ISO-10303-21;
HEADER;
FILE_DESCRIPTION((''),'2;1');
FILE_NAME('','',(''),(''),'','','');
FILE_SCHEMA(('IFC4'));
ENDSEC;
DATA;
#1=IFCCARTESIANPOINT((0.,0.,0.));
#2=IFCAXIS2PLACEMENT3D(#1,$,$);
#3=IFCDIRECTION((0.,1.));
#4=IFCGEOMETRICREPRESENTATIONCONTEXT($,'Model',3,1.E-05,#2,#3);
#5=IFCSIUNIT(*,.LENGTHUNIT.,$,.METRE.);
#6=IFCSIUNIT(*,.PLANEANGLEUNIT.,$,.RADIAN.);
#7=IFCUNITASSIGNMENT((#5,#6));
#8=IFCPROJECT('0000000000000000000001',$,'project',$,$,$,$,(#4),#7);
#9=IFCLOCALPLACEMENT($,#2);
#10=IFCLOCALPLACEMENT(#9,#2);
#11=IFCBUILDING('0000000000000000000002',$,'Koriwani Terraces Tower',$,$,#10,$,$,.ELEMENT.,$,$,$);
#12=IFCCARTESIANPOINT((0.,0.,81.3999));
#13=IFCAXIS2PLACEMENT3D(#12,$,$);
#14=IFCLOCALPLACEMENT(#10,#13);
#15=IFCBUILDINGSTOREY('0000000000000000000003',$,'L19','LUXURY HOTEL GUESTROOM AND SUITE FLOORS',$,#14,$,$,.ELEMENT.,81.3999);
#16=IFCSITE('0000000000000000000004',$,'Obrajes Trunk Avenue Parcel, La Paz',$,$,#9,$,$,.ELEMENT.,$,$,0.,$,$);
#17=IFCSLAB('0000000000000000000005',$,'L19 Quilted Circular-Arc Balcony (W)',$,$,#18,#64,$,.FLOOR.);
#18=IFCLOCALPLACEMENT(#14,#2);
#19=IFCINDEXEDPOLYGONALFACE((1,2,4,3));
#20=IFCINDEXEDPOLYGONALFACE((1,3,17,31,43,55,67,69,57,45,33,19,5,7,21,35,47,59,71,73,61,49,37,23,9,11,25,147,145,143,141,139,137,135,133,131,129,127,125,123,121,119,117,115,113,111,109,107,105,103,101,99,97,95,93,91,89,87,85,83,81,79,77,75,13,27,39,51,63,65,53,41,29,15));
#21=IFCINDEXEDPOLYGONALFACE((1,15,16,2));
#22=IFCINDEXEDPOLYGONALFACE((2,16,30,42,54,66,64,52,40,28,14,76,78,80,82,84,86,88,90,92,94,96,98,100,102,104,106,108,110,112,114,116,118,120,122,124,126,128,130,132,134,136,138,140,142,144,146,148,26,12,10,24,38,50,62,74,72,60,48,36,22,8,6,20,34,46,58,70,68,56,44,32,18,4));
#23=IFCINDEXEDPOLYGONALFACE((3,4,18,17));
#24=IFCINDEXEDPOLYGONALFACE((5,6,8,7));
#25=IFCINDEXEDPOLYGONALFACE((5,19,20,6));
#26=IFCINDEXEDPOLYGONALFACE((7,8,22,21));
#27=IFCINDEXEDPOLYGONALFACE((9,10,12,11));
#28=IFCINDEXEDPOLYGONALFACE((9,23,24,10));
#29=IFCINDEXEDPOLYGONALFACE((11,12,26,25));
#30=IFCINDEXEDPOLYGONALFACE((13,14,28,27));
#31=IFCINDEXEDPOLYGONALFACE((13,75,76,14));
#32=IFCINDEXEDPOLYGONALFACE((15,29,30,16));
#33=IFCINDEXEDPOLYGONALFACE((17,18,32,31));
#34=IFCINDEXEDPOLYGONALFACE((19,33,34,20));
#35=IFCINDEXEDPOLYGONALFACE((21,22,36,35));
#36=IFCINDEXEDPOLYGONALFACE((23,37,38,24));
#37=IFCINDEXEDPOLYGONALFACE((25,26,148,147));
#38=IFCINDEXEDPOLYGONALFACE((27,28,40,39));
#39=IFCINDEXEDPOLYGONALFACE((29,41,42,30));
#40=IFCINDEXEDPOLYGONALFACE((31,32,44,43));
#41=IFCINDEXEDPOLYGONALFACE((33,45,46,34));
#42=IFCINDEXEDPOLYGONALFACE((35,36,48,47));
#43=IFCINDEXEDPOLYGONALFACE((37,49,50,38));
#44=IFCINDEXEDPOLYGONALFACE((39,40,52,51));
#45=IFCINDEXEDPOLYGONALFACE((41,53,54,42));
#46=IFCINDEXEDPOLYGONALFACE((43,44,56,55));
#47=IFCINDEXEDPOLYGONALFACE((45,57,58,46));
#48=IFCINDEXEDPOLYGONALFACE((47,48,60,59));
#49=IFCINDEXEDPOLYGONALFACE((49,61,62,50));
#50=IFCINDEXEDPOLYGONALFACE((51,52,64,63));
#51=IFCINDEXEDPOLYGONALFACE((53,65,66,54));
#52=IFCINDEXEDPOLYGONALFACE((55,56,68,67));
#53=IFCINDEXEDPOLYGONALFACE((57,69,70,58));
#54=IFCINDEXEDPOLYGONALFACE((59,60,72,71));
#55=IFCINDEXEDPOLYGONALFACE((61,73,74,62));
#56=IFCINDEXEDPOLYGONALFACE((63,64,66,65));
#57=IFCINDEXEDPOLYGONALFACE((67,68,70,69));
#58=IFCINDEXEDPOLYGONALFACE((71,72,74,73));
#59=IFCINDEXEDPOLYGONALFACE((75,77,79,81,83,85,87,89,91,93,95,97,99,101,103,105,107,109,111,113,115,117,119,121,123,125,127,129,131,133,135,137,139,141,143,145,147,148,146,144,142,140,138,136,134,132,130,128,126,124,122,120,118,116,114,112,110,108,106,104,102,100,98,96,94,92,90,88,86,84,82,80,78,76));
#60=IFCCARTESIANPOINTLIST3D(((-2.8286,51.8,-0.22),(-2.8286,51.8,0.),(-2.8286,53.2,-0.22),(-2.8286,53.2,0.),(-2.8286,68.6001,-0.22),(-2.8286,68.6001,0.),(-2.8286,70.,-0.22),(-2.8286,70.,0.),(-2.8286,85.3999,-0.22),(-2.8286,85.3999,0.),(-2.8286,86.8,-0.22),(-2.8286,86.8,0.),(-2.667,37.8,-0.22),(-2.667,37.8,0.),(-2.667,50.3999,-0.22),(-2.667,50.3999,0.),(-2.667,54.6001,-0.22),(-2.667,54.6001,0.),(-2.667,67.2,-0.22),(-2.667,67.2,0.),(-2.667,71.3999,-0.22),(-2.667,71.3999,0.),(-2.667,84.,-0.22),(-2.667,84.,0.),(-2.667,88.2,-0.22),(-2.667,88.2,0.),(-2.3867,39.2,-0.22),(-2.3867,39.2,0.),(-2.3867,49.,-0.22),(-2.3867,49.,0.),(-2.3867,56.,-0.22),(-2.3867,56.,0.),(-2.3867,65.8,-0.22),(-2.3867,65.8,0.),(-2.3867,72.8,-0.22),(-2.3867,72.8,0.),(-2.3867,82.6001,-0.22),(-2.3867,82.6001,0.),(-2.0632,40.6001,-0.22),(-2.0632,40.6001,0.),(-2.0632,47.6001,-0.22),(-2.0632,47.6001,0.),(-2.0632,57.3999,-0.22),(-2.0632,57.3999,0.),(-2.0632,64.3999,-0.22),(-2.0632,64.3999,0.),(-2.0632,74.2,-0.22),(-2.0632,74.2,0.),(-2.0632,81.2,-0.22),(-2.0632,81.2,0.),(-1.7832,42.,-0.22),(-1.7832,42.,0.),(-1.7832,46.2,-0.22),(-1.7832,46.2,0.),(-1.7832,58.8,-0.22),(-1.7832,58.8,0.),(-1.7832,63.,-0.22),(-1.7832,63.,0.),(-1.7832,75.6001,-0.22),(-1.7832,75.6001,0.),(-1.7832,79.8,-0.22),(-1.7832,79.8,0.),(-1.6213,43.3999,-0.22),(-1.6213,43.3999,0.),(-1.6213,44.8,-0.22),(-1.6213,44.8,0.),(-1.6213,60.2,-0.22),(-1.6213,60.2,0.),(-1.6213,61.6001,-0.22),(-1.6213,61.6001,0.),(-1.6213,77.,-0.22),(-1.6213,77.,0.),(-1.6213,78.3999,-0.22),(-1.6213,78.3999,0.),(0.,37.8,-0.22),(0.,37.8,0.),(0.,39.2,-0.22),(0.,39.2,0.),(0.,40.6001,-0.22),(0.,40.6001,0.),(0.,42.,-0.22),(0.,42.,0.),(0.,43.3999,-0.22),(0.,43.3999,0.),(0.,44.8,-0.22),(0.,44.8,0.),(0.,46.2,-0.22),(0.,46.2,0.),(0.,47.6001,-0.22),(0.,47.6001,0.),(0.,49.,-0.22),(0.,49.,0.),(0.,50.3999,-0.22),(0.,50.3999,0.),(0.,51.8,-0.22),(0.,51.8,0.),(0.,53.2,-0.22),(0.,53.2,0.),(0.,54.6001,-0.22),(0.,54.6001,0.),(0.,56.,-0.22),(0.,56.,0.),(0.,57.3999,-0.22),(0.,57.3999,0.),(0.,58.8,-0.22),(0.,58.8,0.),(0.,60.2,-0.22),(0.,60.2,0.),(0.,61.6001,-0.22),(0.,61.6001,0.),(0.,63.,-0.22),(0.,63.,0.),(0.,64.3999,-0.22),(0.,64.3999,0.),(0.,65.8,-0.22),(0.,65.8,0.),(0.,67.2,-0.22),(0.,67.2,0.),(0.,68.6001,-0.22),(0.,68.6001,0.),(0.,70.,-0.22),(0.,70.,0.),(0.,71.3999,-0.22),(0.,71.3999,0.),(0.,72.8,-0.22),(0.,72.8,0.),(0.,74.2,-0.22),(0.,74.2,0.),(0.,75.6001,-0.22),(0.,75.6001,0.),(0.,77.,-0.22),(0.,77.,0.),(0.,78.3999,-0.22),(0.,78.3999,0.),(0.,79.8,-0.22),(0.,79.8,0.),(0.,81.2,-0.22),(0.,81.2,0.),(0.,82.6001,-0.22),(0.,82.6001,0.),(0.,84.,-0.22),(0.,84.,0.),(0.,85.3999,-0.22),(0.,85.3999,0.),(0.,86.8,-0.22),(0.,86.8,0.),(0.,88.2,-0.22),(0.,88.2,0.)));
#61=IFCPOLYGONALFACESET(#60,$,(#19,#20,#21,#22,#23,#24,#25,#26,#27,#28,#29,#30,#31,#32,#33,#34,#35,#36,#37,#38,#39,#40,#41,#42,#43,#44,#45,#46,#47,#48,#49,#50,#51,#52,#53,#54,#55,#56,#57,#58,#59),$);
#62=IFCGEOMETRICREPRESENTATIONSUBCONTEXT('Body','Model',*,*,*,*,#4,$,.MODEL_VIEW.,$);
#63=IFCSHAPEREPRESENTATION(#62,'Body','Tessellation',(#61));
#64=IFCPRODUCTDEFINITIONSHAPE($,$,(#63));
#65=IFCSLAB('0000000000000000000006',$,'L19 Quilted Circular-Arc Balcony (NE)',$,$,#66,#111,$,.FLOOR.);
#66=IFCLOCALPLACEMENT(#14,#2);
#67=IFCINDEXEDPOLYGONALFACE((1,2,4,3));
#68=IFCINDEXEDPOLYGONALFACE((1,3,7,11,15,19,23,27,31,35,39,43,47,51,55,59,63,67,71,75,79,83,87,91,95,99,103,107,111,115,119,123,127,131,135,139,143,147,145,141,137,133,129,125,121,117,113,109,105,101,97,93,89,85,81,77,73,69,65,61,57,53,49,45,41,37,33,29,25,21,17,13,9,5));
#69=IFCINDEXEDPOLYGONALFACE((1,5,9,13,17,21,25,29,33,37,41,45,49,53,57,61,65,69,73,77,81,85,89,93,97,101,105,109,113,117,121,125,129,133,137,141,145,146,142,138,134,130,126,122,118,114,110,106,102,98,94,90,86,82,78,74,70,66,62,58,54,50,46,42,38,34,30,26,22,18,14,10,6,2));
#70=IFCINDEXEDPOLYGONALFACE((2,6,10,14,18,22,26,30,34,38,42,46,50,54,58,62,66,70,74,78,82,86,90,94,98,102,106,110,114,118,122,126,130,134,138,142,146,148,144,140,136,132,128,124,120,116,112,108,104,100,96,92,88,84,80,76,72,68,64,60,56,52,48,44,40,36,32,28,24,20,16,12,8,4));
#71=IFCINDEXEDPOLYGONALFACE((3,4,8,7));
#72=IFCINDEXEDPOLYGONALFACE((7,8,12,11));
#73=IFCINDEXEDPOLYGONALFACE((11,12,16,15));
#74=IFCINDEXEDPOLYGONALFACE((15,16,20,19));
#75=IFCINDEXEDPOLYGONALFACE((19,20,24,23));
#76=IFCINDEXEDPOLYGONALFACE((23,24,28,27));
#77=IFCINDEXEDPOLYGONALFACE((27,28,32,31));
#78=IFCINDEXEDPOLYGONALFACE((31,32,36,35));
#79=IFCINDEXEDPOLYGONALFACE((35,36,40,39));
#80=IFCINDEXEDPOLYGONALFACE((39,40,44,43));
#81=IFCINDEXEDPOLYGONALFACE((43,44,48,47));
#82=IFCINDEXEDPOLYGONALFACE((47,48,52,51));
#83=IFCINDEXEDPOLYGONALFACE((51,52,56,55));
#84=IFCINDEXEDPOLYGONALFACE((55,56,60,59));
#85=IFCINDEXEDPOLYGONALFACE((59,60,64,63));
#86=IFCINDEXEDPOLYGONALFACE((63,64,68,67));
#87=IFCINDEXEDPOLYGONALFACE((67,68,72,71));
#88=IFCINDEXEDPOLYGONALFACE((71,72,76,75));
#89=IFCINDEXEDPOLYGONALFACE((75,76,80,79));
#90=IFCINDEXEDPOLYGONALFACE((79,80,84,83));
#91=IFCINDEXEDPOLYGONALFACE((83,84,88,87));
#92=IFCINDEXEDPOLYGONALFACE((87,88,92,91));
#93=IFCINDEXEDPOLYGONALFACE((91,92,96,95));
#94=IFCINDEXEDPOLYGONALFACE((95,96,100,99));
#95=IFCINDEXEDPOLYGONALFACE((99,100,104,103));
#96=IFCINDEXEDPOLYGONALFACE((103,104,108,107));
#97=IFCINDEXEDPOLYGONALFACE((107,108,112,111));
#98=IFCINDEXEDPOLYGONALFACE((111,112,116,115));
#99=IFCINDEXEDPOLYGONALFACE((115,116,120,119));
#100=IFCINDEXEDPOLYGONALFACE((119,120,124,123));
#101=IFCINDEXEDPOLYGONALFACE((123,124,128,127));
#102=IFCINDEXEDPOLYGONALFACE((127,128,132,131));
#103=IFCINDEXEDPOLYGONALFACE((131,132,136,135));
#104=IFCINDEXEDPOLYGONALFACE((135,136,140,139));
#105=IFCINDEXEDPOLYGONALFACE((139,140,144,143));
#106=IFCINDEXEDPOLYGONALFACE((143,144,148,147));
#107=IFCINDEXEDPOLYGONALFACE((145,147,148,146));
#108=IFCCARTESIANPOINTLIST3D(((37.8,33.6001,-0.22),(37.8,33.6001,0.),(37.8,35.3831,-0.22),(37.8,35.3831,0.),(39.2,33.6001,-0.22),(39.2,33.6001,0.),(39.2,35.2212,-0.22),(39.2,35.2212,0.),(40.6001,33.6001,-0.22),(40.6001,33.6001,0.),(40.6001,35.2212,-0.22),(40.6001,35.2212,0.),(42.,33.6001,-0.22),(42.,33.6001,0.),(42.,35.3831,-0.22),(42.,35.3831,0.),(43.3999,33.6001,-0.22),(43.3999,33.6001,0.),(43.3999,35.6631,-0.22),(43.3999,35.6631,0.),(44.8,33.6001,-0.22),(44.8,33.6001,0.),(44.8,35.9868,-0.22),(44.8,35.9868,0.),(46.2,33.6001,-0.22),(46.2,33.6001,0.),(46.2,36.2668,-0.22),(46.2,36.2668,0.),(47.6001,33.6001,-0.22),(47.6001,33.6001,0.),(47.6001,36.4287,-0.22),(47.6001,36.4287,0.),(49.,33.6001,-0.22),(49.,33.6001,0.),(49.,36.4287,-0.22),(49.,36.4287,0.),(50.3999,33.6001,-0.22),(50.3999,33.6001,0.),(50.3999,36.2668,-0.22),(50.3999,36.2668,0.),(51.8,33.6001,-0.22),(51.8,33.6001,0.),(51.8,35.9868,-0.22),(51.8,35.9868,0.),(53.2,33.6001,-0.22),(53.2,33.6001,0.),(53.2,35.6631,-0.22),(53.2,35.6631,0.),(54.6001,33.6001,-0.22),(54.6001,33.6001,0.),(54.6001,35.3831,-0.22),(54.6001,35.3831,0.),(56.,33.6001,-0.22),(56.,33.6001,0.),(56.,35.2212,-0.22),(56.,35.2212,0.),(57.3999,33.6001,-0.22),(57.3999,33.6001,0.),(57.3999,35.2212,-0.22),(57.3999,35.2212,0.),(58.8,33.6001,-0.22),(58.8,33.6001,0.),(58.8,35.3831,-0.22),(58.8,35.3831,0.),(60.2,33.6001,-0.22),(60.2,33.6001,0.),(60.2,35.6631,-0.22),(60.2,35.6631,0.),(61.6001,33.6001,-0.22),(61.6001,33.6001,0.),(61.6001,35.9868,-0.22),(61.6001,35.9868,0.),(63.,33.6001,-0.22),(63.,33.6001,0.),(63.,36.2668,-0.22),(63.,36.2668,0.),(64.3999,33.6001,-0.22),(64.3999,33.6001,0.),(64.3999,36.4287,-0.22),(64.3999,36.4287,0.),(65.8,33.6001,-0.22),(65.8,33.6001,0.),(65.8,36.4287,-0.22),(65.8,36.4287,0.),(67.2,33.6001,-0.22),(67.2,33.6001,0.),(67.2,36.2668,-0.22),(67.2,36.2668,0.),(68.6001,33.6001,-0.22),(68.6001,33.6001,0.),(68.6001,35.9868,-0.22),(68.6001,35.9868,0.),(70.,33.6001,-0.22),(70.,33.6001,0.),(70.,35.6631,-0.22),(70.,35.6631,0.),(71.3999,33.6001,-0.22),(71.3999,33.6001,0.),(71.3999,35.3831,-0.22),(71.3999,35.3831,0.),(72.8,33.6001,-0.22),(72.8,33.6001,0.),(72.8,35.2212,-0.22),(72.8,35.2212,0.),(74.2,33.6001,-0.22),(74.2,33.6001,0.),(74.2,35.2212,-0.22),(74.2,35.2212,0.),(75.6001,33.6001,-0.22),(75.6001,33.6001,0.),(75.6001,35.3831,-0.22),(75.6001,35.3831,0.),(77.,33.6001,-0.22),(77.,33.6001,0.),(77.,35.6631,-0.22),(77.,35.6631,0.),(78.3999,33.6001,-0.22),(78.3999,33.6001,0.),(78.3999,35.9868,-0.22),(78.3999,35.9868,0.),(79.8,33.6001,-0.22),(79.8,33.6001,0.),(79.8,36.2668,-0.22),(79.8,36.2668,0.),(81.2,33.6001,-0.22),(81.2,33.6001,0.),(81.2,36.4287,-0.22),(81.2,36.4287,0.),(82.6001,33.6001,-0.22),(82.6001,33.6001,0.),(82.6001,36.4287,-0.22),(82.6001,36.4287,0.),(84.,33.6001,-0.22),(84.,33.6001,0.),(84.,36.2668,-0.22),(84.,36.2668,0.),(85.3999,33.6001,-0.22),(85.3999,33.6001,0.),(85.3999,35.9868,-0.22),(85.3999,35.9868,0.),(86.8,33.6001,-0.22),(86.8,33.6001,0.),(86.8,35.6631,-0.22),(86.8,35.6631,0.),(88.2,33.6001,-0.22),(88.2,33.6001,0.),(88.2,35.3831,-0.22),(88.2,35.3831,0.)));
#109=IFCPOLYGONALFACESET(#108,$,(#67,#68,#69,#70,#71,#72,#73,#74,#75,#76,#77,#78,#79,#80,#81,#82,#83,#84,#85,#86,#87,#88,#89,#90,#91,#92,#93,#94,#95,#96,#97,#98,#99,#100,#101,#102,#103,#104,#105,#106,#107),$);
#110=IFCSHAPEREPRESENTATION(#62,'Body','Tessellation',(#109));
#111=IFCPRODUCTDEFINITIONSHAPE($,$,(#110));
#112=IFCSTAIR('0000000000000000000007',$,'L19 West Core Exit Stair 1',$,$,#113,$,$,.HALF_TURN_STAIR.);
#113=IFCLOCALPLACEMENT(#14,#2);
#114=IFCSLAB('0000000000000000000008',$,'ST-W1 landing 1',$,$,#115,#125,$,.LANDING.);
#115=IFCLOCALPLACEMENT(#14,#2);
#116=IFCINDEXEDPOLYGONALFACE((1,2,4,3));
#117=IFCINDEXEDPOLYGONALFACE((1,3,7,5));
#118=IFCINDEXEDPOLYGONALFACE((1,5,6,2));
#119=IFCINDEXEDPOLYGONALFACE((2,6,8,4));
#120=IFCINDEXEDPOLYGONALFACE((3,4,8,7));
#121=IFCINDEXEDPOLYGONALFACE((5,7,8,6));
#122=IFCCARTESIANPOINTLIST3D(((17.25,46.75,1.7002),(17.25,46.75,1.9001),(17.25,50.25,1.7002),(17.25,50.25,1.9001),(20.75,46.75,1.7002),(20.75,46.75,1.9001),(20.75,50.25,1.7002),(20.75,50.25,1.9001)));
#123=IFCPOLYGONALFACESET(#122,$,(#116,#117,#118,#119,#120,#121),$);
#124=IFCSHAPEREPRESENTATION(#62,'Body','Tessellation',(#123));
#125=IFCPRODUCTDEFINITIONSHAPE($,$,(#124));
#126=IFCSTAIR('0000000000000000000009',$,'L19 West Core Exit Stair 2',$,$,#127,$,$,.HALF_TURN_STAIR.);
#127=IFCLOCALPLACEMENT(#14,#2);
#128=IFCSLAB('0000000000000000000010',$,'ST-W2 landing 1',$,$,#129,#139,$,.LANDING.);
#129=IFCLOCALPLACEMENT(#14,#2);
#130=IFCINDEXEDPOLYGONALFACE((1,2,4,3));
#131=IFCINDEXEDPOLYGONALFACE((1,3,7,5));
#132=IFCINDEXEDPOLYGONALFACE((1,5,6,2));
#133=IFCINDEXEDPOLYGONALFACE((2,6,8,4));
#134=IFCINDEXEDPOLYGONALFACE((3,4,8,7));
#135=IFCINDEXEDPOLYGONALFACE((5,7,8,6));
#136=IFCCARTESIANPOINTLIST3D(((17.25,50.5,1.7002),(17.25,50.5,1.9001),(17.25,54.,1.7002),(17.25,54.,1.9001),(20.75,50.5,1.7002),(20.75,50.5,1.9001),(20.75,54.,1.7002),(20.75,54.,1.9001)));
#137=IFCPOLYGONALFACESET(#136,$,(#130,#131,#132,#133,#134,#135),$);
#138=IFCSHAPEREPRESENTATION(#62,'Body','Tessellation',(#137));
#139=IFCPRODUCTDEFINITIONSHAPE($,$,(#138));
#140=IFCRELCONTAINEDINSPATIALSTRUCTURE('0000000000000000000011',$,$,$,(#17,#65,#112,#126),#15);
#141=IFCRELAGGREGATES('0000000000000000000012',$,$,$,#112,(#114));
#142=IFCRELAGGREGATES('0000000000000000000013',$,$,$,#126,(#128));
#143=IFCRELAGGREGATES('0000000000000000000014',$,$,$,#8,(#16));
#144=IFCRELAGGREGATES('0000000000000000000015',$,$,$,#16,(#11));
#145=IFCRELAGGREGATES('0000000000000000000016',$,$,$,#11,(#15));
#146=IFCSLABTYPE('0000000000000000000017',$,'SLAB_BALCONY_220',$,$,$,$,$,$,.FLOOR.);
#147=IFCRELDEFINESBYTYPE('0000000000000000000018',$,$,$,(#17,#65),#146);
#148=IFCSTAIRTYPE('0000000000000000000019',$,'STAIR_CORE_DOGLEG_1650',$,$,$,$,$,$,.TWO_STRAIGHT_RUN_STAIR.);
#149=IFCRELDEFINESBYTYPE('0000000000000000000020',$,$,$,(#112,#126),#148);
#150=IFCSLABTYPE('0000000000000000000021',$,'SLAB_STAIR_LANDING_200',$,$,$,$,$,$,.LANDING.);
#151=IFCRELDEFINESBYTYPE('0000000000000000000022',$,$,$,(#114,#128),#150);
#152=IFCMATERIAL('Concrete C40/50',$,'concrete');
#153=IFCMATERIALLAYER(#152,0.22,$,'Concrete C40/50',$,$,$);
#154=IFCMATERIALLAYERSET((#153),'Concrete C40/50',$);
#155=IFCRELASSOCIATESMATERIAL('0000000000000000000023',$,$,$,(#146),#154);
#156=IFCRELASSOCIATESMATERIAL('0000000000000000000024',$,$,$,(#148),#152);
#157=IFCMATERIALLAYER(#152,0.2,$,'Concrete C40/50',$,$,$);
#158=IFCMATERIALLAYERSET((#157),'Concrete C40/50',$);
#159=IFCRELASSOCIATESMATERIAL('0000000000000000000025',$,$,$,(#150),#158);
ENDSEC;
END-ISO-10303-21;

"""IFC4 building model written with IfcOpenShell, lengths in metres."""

from ifc_helpers import new_model, si_unit, direction, frame, origin, place, context, subcontext, project, spatial, polyline, outline, extrude, material, layer, layer_set, type_object, element, aggregate, save


model = new_model("IFC4")

# Units and contexts
model_context = context("Model", 3, precision=1e-05, world=origin(), true_north=direction((0.0, 1.0)))
body_context = subcontext(model_context, "Body", "Model", "MODEL_VIEW")
ifc_project = project(units=[si_unit("LENGTHUNIT", "METRE"), si_unit("PLANEANGLEUNIT", "RADIAN")], contexts=[model_context])

# Site, building, storey
site_placement = place(None, origin())
site = spatial("IfcSite", under=ifc_project, at=site_placement, Name="Obrajes Trunk Avenue Parcel, La Paz", CompositionType="ELEMENT", RefElevation=0.0)
building_placement = place(site_placement, origin())
building = spatial("IfcBuilding", under=site, at=building_placement, Name="Koriwani Terraces Tower", CompositionType="ELEMENT")
storey_placement = place(building_placement, frame((0.0, 0.0, 81.3999)))
storey = spatial("IfcBuildingStorey", under=building, at=storey_placement, Name="L19", Description="LUXURY HOTEL GUESTROOM AND SUITE FLOORS", CompositionType="ELEMENT", Elevation=81.3999)

# Slabs
ifc_material_1 = material(Name="Concrete C40/50", Category="concrete")
ifc_layer_1 = layer(ifc_material_1, 0.22, Name="Concrete C40/50")
ifc_layer_set_1 = layer_set([ifc_layer_1], Name="Concrete C40/50")
slab_type_1 = type_object("IfcSlabType", Name="SLAB_BALCONY_220", PredefinedType="FLOOR", material=ifc_layer_set_1)
slab_1_placement = place(storey_placement, frame((0.0, 0.0, -0.22)))
element("IfcSlab", 1, at=slab_1_placement, inside=storey, type_object=slab_type_1, Name="L19 Quilted Circular-Arc Balcony (W)", PredefinedType="FLOOR", context=body_context, shape_type="SweptSolid", body=[
    extrude(outline(polyline([(0.0, 37.8), (0.0, 39.2), (0.0, 40.6001), (0.0, 42.0), (0.0, 43.3999), (0.0, 44.8), (0.0, 46.2), (0.0, 47.6001), (0.0, 49.0), (0.0, 50.3999), (0.0, 51.8), (0.0, 53.2), (0.0, 54.6001), (0.0, 56.0), (0.0, 57.3999), (0.0, 58.8), (0.0, 60.2), (0.0, 61.6001), (0.0, 63.0), (0.0, 64.3999), (0.0, 65.8), (0.0, 67.2), (0.0, 68.6001), (0.0, 70.0), (0.0, 71.3999), (0.0, 72.8), (0.0, 74.2), (0.0, 75.6001), (0.0, 77.0), (0.0, 78.3999), (0.0, 79.8), (0.0, 81.2), (0.0, 82.6001), (0.0, 84.0), (0.0, 85.3999), (0.0, 86.8), (0.0, 88.2), (-2.667, 88.2), (-2.8286, 86.8), (-2.8286, 85.3999), (-2.667, 84.0), (-2.3867, 82.6001), (-2.0632, 81.2), (-1.7832, 79.8), (-1.6213, 78.3999), (-1.6213, 77.0), (-1.7832, 75.6001), (-2.0632, 74.2), (-2.3867, 72.8), (-2.667, 71.3999), (-2.8286, 70.0), (-2.8286, 68.6001), (-2.667, 67.2), (-2.3867, 65.8), (-2.0632, 64.3999), (-1.7832, 63.0), (-1.6213, 61.6001), (-1.6213, 60.2), (-1.7832, 58.8), (-2.0632, 57.3999), (-2.3867, 56.0), (-2.667, 54.6001), (-2.8286, 53.2), (-2.8286, 51.8), (-2.667, 50.3999), (-2.3867, 49.0), (-2.0632, 47.6001), (-1.7832, 46.2), (-1.6213, 44.8), (-1.6213, 43.3999), (-1.7832, 42.0), (-2.0632, 40.6001), (-2.3867, 39.2), (-2.667, 37.8), (0.0, 37.8)])), origin(), (0.0, 0.0, 1.0), 0.22),
])
slab_2_placement = place(storey_placement, frame((0.0, 0.0, -0.22)))
element("IfcSlab", 2, at=slab_2_placement, inside=storey, type_object=slab_type_1, Name="L19 Quilted Circular-Arc Balcony (NE)", PredefinedType="FLOOR", context=body_context, shape_type="SweptSolid", body=[
    extrude(outline(polyline([(88.2, 33.6001), (86.8, 33.6001), (85.3999, 33.6001), (84.0, 33.6001), (82.6001, 33.6001), (81.2, 33.6001), (79.8, 33.6001), (78.3999, 33.6001), (77.0, 33.6001), (75.6001, 33.6001), (74.2, 33.6001), (72.8, 33.6001), (71.3999, 33.6001), (70.0, 33.6001), (68.6001, 33.6001), (67.2, 33.6001), (65.8, 33.6001), (64.3999, 33.6001), (63.0, 33.6001), (61.6001, 33.6001), (60.2, 33.6001), (58.8, 33.6001), (57.3999, 33.6001), (56.0, 33.6001), (54.6001, 33.6001), (53.2, 33.6001), (51.8, 33.6001), (50.3999, 33.6001), (49.0, 33.6001), (47.6001, 33.6001), (46.2, 33.6001), (44.8, 33.6001), (43.3999, 33.6001), (42.0, 33.6001), (40.6001, 33.6001), (39.2, 33.6001), (37.8, 33.6001), (37.8, 35.3831), (39.2, 35.2212), (40.6001, 35.2212), (42.0, 35.3831), (43.3999, 35.6631), (44.8, 35.9868), (46.2, 36.2668), (47.6001, 36.4287), (49.0, 36.4287), (50.3999, 36.2668), (51.8, 35.9868), (53.2, 35.6631), (54.6001, 35.3831), (56.0, 35.2212), (57.3999, 35.2212), (58.8, 35.3831), (60.2, 35.6631), (61.6001, 35.9868), (63.0, 36.2668), (64.3999, 36.4287), (65.8, 36.4287), (67.2, 36.2668), (68.6001, 35.9868), (70.0, 35.6631), (71.3999, 35.3831), (72.8, 35.2212), (74.2, 35.2212), (75.6001, 35.3831), (77.0, 35.6631), (78.3999, 35.9868), (79.8, 36.2668), (81.2, 36.4287), (82.6001, 36.4287), (84.0, 36.2668), (85.3999, 35.9868), (86.8, 35.6631), (88.2, 35.3831), (88.2, 33.6001)])), origin(), (0.0, 0.0, 1.0), 0.22),
])

# Stairs, slabs
stair_type = type_object("IfcStairType", Name="STAIR_CORE_DOGLEG_1650", PredefinedType="TWO_STRAIGHT_RUN_STAIR", material=ifc_material_1)
stair_1_placement = place(storey_placement, origin())
stair_1 = element("IfcStair", 3, at=stair_1_placement, inside=storey, type_object=stair_type, Name="L19 West Core Exit Stair 1", PredefinedType="HALF_TURN_STAIR")
ifc_layer_2 = layer(ifc_material_1, 0.2, Name="Concrete C40/50")
ifc_layer_set_2 = layer_set([ifc_layer_2], Name="Concrete C40/50")
slab_type_2 = type_object("IfcSlabType", Name="SLAB_STAIR_LANDING_200", PredefinedType="LANDING", material=ifc_layer_set_2)
slab_3_placement = place(storey_placement, frame((0.0, 0.0, 1.7002)))
slab_3 = element("IfcSlab", 4, at=slab_3_placement, type_object=slab_type_2, Name="ST-W1 landing 1", PredefinedType="LANDING", context=body_context, shape_type="SweptSolid", body=[
    extrude(outline(polyline([(20.75, 46.75), (20.75, 50.25), (17.25, 50.25), (17.25, 46.75), (20.75, 46.75)])), origin(), (0.0, 0.0, 1.0), 0.2),
])
aggregate(stair_1, [slab_3])
stair_2_placement = place(storey_placement, origin())
stair_2 = element("IfcStair", 5, at=stair_2_placement, inside=storey, type_object=stair_type, Name="L19 West Core Exit Stair 2", PredefinedType="HALF_TURN_STAIR")
slab_4_placement = place(storey_placement, frame((0.0, 0.0, 1.7002)))
slab_4 = element("IfcSlab", 6, at=slab_4_placement, type_object=slab_type_2, Name="ST-W2 landing 1", PredefinedType="LANDING", context=body_context, shape_type="SweptSolid", body=[
    extrude(outline(polyline([(17.25, 54.0), (17.25, 50.5), (20.75, 50.5), (20.75, 54.0), (17.25, 54.0)])), origin(), (0.0, 0.0, 1.0), 0.2),
])
aggregate(stair_2, [slab_4])

save(model, "model.ifc")
